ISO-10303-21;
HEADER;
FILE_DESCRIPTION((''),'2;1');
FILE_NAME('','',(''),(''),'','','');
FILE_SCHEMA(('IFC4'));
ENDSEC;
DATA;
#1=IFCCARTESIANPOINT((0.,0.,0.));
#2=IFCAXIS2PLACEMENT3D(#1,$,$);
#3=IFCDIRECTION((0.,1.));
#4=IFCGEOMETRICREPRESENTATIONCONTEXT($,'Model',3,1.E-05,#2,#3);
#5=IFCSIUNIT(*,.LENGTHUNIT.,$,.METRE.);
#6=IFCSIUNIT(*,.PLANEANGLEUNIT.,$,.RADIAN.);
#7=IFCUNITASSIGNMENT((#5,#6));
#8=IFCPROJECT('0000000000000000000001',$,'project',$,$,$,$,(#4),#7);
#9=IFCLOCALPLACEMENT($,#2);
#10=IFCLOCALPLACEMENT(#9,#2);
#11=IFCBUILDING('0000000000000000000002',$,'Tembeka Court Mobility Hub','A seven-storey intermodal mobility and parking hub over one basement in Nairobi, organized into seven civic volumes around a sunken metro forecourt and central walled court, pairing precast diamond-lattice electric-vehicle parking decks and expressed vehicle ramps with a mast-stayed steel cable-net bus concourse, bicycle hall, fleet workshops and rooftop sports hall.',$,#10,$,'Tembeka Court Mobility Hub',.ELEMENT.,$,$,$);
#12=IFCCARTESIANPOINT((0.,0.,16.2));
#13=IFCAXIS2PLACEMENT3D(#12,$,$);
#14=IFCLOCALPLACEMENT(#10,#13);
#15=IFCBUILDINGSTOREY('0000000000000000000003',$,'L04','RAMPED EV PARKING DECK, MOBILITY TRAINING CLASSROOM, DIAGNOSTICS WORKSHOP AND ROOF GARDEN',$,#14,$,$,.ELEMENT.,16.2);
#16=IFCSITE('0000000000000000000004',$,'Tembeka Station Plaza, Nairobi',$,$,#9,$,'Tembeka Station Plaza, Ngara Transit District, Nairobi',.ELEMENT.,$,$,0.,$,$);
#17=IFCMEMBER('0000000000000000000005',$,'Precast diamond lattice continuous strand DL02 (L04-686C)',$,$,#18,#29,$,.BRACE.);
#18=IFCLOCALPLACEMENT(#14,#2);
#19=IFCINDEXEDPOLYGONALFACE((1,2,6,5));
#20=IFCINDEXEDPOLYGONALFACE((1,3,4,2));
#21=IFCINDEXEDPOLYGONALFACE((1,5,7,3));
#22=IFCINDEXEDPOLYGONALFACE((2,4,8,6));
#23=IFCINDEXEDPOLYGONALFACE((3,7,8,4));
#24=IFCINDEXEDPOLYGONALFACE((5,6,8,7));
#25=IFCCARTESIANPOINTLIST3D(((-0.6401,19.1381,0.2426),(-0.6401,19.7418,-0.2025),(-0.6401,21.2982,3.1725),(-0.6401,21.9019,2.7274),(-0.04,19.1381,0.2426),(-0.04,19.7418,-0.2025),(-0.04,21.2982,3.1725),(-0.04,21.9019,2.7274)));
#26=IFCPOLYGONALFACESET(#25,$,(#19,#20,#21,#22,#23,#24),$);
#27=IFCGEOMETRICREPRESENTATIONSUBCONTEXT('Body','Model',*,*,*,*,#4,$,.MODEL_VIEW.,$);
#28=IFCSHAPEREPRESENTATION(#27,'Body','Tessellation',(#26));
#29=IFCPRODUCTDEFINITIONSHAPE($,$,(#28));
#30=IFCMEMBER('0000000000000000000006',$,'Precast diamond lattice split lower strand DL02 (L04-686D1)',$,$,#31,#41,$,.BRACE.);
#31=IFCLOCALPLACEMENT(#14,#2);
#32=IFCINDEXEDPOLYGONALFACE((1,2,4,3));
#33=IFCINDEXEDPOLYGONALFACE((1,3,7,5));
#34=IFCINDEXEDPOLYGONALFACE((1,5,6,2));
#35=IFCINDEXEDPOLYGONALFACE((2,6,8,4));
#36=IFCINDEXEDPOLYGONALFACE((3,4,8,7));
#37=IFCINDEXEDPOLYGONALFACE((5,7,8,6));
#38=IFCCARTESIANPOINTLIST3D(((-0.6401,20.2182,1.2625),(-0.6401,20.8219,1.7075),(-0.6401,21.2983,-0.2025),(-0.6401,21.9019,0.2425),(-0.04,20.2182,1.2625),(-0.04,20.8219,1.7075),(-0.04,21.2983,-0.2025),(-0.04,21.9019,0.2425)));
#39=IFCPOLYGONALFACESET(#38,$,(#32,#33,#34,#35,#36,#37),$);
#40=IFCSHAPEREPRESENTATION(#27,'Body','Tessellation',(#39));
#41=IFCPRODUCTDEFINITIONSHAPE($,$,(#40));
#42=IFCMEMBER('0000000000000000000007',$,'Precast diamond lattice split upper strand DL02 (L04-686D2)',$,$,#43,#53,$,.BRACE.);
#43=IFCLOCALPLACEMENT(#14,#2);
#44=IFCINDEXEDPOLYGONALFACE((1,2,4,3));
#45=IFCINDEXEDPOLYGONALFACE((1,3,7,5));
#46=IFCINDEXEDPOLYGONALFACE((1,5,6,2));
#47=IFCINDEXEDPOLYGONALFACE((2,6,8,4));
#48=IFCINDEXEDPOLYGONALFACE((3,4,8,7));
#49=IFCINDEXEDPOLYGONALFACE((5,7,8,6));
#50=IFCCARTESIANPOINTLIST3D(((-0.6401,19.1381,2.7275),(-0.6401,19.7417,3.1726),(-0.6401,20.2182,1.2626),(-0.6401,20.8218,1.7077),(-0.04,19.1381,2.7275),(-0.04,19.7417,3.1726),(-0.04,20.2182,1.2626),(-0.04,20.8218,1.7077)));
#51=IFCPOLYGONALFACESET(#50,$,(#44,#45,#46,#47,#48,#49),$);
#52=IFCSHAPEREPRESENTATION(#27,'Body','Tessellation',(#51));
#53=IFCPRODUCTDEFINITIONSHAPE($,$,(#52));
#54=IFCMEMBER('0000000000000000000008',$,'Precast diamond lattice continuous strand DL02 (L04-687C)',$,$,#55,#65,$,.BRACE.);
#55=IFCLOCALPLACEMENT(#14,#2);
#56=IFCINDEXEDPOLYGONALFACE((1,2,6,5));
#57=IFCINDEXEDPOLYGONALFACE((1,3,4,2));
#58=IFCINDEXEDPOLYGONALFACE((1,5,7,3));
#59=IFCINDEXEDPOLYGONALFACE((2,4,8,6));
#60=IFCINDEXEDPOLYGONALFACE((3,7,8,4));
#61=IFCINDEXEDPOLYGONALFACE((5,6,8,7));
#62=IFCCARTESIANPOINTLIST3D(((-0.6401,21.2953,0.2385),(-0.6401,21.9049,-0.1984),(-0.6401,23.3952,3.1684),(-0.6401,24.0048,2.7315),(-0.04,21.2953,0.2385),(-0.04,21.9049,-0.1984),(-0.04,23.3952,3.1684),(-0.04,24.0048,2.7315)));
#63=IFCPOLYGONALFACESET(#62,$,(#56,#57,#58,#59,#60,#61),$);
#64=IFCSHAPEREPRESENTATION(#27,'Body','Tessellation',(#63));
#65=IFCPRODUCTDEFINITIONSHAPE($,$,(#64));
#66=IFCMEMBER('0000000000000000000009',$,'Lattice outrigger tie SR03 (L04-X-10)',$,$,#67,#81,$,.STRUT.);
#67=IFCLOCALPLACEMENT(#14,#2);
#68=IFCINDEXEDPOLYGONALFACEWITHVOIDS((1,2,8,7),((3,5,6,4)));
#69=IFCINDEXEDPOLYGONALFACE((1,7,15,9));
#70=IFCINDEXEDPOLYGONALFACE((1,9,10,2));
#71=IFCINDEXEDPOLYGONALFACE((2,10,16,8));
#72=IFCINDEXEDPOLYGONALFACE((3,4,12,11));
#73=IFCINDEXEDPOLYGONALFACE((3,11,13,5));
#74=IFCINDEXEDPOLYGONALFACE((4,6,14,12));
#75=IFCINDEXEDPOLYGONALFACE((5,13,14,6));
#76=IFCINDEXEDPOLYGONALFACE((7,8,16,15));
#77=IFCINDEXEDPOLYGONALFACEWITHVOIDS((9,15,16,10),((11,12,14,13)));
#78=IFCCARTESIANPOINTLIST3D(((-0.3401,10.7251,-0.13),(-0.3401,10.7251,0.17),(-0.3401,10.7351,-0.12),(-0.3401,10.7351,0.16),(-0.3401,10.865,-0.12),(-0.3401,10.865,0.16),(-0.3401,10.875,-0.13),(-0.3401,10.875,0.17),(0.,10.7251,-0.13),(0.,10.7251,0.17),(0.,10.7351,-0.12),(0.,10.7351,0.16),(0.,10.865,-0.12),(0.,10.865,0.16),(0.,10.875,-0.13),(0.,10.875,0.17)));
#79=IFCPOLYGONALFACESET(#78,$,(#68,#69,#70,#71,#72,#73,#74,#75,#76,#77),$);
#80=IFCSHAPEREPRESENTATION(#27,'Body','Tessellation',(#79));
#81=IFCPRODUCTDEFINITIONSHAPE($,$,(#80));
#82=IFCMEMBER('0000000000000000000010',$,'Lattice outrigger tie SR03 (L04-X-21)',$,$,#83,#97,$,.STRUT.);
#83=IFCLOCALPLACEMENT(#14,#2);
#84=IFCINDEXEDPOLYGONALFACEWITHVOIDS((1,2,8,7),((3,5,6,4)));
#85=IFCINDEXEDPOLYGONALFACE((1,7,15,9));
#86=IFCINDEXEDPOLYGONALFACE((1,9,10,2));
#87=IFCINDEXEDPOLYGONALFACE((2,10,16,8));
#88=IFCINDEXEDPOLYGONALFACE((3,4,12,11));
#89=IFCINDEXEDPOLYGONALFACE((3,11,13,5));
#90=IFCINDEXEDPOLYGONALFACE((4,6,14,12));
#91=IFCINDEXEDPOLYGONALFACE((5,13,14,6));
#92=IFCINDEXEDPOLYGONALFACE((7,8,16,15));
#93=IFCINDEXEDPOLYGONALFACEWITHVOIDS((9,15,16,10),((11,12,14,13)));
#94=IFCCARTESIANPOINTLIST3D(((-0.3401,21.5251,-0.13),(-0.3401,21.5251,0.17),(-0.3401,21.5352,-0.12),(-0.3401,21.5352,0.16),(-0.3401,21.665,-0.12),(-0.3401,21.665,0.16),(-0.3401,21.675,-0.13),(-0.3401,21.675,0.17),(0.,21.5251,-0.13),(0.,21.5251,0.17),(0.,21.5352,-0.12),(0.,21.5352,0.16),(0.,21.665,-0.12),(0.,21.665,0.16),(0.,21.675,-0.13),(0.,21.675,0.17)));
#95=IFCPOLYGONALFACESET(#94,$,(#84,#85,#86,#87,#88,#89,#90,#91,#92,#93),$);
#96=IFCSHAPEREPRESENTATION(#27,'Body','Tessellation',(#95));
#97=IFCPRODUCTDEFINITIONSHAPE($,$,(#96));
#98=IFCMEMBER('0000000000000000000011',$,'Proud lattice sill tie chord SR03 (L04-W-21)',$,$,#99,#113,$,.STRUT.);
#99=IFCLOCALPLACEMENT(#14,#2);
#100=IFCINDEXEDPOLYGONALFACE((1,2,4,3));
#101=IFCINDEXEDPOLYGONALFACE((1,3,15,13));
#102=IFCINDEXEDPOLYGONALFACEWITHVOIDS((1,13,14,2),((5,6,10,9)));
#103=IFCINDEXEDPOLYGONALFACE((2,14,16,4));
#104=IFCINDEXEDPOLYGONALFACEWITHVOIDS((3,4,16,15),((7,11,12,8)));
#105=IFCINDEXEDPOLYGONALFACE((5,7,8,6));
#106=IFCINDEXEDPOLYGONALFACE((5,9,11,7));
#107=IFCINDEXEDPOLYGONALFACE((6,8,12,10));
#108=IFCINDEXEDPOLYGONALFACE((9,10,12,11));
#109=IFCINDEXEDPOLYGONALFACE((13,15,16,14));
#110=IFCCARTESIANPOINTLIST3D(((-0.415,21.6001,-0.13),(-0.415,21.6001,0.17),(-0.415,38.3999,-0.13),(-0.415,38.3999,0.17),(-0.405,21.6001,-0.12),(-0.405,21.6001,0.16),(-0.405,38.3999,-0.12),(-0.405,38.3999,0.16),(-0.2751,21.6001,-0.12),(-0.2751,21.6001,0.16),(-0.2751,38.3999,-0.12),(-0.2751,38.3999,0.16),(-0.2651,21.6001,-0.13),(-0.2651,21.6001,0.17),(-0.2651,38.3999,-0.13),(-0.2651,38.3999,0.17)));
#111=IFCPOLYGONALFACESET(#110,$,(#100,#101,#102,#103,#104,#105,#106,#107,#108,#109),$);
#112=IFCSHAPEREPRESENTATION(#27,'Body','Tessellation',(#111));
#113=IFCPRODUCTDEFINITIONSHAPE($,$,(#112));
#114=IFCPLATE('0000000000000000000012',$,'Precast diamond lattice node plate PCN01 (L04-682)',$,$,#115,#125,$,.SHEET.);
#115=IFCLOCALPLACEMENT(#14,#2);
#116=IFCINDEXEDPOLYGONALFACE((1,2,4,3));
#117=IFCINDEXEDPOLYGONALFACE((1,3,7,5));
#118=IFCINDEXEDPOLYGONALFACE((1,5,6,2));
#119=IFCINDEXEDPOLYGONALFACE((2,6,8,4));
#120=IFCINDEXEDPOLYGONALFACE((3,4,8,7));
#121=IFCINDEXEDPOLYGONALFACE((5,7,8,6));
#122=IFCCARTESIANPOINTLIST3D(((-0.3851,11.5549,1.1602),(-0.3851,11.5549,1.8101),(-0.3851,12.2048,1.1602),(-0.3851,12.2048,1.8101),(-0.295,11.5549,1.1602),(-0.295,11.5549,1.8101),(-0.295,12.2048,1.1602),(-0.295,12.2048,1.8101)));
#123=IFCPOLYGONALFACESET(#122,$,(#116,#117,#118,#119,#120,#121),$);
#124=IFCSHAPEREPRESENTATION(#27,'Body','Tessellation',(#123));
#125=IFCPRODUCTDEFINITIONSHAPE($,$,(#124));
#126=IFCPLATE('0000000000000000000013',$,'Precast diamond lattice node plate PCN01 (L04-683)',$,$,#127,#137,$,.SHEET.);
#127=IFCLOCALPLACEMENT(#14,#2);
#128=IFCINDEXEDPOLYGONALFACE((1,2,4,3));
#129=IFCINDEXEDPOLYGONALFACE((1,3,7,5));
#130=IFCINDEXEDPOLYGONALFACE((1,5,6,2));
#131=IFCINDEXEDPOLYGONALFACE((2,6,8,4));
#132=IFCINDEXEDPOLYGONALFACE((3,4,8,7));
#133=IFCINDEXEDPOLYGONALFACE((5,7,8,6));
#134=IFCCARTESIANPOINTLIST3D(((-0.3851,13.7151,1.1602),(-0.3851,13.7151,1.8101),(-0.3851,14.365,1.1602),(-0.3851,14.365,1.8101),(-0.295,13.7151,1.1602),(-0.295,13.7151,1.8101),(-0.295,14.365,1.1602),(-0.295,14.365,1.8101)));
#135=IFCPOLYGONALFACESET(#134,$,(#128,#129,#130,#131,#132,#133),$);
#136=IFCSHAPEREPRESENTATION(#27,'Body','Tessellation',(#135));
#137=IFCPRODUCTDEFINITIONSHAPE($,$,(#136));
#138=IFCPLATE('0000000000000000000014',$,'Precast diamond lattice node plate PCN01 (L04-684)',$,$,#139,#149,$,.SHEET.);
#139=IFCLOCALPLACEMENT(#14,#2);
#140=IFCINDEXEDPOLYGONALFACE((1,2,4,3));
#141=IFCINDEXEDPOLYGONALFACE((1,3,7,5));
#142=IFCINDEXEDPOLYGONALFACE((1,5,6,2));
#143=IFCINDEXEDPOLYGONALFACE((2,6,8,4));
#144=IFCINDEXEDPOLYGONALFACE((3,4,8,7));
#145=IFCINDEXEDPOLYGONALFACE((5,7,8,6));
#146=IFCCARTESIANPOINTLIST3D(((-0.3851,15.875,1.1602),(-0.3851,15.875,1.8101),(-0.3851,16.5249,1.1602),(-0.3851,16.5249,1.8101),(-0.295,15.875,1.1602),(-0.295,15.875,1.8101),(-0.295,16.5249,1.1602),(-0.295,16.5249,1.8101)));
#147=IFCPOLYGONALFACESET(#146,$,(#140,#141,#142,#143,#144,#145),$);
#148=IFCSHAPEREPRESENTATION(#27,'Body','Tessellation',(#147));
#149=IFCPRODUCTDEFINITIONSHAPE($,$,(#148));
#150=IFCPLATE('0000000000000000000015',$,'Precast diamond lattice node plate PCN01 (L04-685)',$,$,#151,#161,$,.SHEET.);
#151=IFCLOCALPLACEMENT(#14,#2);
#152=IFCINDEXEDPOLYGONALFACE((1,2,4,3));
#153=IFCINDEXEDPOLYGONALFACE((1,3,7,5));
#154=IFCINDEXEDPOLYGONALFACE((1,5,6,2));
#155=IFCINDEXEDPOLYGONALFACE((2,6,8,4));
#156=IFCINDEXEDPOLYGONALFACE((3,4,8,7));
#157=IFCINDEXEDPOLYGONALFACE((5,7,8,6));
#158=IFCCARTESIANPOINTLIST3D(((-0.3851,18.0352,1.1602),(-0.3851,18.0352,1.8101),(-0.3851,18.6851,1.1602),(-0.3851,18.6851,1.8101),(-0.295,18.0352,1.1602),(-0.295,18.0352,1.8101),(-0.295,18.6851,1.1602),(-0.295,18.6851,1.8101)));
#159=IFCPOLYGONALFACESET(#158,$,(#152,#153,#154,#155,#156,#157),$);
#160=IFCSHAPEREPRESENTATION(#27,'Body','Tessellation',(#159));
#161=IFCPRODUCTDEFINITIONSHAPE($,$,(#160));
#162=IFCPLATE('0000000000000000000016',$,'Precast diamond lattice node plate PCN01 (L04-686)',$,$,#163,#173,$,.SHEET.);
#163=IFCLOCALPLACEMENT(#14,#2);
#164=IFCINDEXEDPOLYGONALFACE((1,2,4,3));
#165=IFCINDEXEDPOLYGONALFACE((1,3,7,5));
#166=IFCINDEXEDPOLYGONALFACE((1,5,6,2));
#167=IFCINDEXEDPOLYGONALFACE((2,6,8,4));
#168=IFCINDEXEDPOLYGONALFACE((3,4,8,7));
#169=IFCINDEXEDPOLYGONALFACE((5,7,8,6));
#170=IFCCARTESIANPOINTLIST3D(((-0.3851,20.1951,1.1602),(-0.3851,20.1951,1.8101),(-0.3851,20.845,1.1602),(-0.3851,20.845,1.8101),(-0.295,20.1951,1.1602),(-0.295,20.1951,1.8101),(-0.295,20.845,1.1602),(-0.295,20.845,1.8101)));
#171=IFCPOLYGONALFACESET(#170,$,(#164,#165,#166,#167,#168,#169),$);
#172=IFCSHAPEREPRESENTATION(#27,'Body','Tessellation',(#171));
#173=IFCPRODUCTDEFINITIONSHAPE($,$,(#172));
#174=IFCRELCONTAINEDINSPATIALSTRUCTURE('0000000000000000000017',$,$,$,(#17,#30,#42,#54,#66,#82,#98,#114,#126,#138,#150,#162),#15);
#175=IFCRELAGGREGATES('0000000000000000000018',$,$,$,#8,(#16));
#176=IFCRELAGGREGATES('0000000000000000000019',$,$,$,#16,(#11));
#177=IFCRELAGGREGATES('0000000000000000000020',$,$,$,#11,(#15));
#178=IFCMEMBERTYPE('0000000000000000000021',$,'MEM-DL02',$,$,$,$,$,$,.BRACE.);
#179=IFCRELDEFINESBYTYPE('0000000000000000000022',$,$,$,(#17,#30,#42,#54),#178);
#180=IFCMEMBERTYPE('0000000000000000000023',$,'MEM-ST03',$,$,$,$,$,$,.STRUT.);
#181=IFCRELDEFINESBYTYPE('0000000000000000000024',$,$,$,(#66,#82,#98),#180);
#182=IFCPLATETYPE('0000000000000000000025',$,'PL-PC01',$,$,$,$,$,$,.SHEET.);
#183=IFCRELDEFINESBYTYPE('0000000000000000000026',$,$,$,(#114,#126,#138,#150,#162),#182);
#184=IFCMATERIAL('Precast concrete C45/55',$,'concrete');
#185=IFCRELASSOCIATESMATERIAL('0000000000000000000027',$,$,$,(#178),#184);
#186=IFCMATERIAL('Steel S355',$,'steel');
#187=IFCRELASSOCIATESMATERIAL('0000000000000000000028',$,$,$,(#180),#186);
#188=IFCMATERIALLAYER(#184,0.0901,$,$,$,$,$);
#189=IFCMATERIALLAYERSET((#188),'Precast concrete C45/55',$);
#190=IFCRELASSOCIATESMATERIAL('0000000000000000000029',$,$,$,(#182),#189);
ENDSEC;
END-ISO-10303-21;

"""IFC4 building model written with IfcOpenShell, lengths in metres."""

from ifc_helpers import new_model, si_unit, direction, frame, origin, origin_2d, place, context, subcontext, project, spatial, rectangle, hollow_rectangle, extrude, material, layer, layer_set, material_profile, profile_set, type_object, element, save


model = new_model("IFC4")

# Units and contexts
model_context = context("Model", 3, precision=1e-05, world=origin(), true_north=direction((0.0, 1.0)))
body_context = subcontext(model_context, "Body", "Model", "MODEL_VIEW")
ifc_project = project(units=[si_unit("LENGTHUNIT", "METRE"), si_unit("PLANEANGLEUNIT", "RADIAN")], contexts=[model_context])

# Site, building, storey
site_placement = place(None, origin())
site = spatial("IfcSite", under=ifc_project, at=site_placement, Name="Tembeka Station Plaza, Nairobi", LongName="Tembeka Station Plaza, Ngara Transit District, Nairobi", CompositionType="ELEMENT", RefElevation=0.0)
building_placement = place(site_placement, origin())
building = spatial("IfcBuilding", under=site, at=building_placement, Name="Tembeka Court Mobility Hub", Description="A seven-storey intermodal mobility and parking hub over one basement in Nairobi, organized into seven civic volumes around a sunken metro forecourt and central walled court, pairing precast diamond-lattice electric-vehicle parking decks and expressed vehicle ramps with a mast-stayed steel cable-net bus concourse, bicycle hall, fleet workshops and rooftop sports hall.", LongName="Tembeka Court Mobility Hub", CompositionType="ELEMENT")
storey_placement = place(building_placement, frame((0.0, 0.0, 16.2)))
storey = spatial("IfcBuildingStorey", under=building, at=storey_placement, Name="L04", Description="RAMPED EV PARKING DECK, MOBILITY TRAINING CLASSROOM, DIAGNOSTICS WORKSHOP AND ROOF GARDEN", CompositionType="ELEMENT", Elevation=16.2)

# Shared definitions
ifc_material_1 = material(Name="Steel S355", Category="steel")

# Members
ifc_material_2 = material(Name="Precast concrete C45/55", Category="concrete")
ifc_material_profile_1 = material_profile(ifc_material_2, rectangle(XDim=0.6001, YDim=0.75, at=origin_2d()), Name="PC-DIAG 600x750")
ifc_profile_set_1 = profile_set([ifc_material_profile_1], Name="Precast concrete C45/55")
member_type_1 = type_object("IfcMemberType", Name="MEM-DL02", PredefinedType="BRACE", material=ifc_profile_set_1)
member_1_placement = place(storey_placement, frame((-0.3401, 19.4399, 0.02), z_axis=(0.0, 0.593423, 0.804891), x_axis=(-1.0, 0.0, 0.0)))
element("IfcMember", 1, at=member_1_placement, inside=storey, type_object=member_type_1, Name="Precast diamond lattice continuous strand DL02 (L04-686C)", PredefinedType="BRACE", context=body_context, shape_type="SweptSolid", body=[
    extrude(rectangle(XDim=0.6001, YDim=0.75, at=origin_2d()), origin(), (0.0, 0.0, 1.0), 3.6401),
])
for number, where, z_axis, x_axis, name in (
    (2, (-0.3401, 21.6001, 0.02), (0.0, -0.593391, 0.804914), (1.0, 0.0, 0.0), "Precast diamond lattice split lower strand DL02 (L04-686D1)"),
    (3, (-0.3401, 20.52, 1.4851), (0.0, -0.593455, 0.804867), (1.0, 0.0, 0.0), "Precast diamond lattice split upper strand DL02 (L04-686D2)"),
):
    element("IfcMember", number, at=place(storey_placement, frame(where, z_axis=z_axis, x_axis=x_axis)), inside=storey, type_object=member_type_1, Name=name, PredefinedType="BRACE", context=body_context, shape_type="SweptSolid", body=[
        extrude(rectangle(XDim=0.6001, YDim=0.75, at=origin_2d()), origin(), (0.0, 0.0, 1.0), 1.8201),
    ])
member_2_placement = place(storey_placement, frame((-0.3401, 21.6001, 0.02), z_axis=(0.0, 0.582532, 0.812808), x_axis=(-1.0, 0.0, 0.0)))
element("IfcMember", 4, at=member_2_placement, inside=storey, type_object=member_type_1, Name="Precast diamond lattice continuous strand DL02 (L04-687C)", PredefinedType="BRACE", context=body_context, shape_type="SweptSolid", body=[
    extrude(rectangle(XDim=0.6001, YDim=0.75, at=origin_2d()), origin(), (0.0, 0.0, 1.0), 3.6047),
])
ifc_material_profile_2 = material_profile(ifc_material_1, hollow_rectangle(XDim=0.1499, YDim=0.3, WallThickness=0.01, at=origin_2d()), Name="RHS 300x150x10")
ifc_profile_set_2 = profile_set([ifc_material_profile_2], Name="Steel S355")
member_type_2 = type_object("IfcMemberType", Name="MEM-ST03", PredefinedType="STRUT", material=ifc_profile_set_2)
for number, where, z_axis, x_axis, name in (
    (5, (0.0, 10.8, 0.02), (-1.0, 0.0, 0.0), (0.0, -1.0, 0.0), "Lattice outrigger tie SR03 (L04-X-10)"),
    (6, (0.0, 21.6001, 0.02), (-1.0, 0.0, 0.0), (0.0, -1.0, 0.0), "Lattice outrigger tie SR03 (L04-X-21)"),
):
    element("IfcMember", number, at=place(storey_placement, frame(where, z_axis=z_axis, x_axis=x_axis)), inside=storey, type_object=member_type_2, Name=name, PredefinedType="STRUT", context=body_context, shape_type="SweptSolid", body=[
        extrude(hollow_rectangle(XDim=0.1499, YDim=0.3, WallThickness=0.01, at=origin_2d()), origin(), (0.0, 0.0, 1.0), 0.3401),
    ])
member_3_placement = place(storey_placement, frame((-0.3401, 21.6001, 0.02), z_axis=(0.0, 1.0, 0.0), x_axis=(-1.0, 0.0, 0.0)))
element("IfcMember", 7, at=member_3_placement, inside=storey, type_object=member_type_2, Name="Proud lattice sill tie chord SR03 (L04-W-21)", PredefinedType="STRUT", context=body_context, shape_type="SweptSolid", body=[
    extrude(hollow_rectangle(XDim=0.1499, YDim=0.3, WallThickness=0.01, at=origin_2d()), origin(), (0.0, 0.0, 1.0), 16.7998),
])

# Plates
ifc_layer = layer(ifc_material_2, 0.0901)
ifc_layer_set = layer_set([ifc_layer], Name="Precast concrete C45/55")
plate_type = type_object("IfcPlateType", Name="PL-PC01", PredefinedType="SHEET", material=ifc_layer_set)
for number, where, z_axis, x_axis, name in (
    (8, (-0.3401, 11.8799, 1.1602), (0.0, 0.0, 1.0), (1.0, 0.0, 0.0), "Precast diamond lattice node plate PCN01 (L04-682)"),
    (9, (-0.3401, 14.04, 1.1602), (0.0, 0.0, 1.0), (1.0, 0.0, 0.0), "Precast diamond lattice node plate PCN01 (L04-683)"),
    (10, (-0.3401, 16.2, 1.1602), (0.0, 0.0, 1.0), (1.0, 0.0, 0.0), "Precast diamond lattice node plate PCN01 (L04-684)"),
    (11, (-0.3401, 18.3601, 1.1602), (0.0, 0.0, 1.0), (1.0, 0.0, 0.0), "Precast diamond lattice node plate PCN01 (L04-685)"),
    (12, (-0.3401, 20.52, 1.1602), (0.0, 0.0, 1.0), (1.0, 0.0, 0.0), "Precast diamond lattice node plate PCN01 (L04-686)"),
):
    element("IfcPlate", number, at=place(storey_placement, frame(where, z_axis=z_axis, x_axis=x_axis)), inside=storey, type_object=plate_type, Name=name, PredefinedType="SHEET", context=body_context, shape_type="SweptSolid", body=[
        extrude(rectangle(XDim=0.0901, YDim=0.6499, at=origin_2d()), origin(), (0.0, 0.0, 1.0), 0.6499),
    ])

save(model, "model.ifc")
